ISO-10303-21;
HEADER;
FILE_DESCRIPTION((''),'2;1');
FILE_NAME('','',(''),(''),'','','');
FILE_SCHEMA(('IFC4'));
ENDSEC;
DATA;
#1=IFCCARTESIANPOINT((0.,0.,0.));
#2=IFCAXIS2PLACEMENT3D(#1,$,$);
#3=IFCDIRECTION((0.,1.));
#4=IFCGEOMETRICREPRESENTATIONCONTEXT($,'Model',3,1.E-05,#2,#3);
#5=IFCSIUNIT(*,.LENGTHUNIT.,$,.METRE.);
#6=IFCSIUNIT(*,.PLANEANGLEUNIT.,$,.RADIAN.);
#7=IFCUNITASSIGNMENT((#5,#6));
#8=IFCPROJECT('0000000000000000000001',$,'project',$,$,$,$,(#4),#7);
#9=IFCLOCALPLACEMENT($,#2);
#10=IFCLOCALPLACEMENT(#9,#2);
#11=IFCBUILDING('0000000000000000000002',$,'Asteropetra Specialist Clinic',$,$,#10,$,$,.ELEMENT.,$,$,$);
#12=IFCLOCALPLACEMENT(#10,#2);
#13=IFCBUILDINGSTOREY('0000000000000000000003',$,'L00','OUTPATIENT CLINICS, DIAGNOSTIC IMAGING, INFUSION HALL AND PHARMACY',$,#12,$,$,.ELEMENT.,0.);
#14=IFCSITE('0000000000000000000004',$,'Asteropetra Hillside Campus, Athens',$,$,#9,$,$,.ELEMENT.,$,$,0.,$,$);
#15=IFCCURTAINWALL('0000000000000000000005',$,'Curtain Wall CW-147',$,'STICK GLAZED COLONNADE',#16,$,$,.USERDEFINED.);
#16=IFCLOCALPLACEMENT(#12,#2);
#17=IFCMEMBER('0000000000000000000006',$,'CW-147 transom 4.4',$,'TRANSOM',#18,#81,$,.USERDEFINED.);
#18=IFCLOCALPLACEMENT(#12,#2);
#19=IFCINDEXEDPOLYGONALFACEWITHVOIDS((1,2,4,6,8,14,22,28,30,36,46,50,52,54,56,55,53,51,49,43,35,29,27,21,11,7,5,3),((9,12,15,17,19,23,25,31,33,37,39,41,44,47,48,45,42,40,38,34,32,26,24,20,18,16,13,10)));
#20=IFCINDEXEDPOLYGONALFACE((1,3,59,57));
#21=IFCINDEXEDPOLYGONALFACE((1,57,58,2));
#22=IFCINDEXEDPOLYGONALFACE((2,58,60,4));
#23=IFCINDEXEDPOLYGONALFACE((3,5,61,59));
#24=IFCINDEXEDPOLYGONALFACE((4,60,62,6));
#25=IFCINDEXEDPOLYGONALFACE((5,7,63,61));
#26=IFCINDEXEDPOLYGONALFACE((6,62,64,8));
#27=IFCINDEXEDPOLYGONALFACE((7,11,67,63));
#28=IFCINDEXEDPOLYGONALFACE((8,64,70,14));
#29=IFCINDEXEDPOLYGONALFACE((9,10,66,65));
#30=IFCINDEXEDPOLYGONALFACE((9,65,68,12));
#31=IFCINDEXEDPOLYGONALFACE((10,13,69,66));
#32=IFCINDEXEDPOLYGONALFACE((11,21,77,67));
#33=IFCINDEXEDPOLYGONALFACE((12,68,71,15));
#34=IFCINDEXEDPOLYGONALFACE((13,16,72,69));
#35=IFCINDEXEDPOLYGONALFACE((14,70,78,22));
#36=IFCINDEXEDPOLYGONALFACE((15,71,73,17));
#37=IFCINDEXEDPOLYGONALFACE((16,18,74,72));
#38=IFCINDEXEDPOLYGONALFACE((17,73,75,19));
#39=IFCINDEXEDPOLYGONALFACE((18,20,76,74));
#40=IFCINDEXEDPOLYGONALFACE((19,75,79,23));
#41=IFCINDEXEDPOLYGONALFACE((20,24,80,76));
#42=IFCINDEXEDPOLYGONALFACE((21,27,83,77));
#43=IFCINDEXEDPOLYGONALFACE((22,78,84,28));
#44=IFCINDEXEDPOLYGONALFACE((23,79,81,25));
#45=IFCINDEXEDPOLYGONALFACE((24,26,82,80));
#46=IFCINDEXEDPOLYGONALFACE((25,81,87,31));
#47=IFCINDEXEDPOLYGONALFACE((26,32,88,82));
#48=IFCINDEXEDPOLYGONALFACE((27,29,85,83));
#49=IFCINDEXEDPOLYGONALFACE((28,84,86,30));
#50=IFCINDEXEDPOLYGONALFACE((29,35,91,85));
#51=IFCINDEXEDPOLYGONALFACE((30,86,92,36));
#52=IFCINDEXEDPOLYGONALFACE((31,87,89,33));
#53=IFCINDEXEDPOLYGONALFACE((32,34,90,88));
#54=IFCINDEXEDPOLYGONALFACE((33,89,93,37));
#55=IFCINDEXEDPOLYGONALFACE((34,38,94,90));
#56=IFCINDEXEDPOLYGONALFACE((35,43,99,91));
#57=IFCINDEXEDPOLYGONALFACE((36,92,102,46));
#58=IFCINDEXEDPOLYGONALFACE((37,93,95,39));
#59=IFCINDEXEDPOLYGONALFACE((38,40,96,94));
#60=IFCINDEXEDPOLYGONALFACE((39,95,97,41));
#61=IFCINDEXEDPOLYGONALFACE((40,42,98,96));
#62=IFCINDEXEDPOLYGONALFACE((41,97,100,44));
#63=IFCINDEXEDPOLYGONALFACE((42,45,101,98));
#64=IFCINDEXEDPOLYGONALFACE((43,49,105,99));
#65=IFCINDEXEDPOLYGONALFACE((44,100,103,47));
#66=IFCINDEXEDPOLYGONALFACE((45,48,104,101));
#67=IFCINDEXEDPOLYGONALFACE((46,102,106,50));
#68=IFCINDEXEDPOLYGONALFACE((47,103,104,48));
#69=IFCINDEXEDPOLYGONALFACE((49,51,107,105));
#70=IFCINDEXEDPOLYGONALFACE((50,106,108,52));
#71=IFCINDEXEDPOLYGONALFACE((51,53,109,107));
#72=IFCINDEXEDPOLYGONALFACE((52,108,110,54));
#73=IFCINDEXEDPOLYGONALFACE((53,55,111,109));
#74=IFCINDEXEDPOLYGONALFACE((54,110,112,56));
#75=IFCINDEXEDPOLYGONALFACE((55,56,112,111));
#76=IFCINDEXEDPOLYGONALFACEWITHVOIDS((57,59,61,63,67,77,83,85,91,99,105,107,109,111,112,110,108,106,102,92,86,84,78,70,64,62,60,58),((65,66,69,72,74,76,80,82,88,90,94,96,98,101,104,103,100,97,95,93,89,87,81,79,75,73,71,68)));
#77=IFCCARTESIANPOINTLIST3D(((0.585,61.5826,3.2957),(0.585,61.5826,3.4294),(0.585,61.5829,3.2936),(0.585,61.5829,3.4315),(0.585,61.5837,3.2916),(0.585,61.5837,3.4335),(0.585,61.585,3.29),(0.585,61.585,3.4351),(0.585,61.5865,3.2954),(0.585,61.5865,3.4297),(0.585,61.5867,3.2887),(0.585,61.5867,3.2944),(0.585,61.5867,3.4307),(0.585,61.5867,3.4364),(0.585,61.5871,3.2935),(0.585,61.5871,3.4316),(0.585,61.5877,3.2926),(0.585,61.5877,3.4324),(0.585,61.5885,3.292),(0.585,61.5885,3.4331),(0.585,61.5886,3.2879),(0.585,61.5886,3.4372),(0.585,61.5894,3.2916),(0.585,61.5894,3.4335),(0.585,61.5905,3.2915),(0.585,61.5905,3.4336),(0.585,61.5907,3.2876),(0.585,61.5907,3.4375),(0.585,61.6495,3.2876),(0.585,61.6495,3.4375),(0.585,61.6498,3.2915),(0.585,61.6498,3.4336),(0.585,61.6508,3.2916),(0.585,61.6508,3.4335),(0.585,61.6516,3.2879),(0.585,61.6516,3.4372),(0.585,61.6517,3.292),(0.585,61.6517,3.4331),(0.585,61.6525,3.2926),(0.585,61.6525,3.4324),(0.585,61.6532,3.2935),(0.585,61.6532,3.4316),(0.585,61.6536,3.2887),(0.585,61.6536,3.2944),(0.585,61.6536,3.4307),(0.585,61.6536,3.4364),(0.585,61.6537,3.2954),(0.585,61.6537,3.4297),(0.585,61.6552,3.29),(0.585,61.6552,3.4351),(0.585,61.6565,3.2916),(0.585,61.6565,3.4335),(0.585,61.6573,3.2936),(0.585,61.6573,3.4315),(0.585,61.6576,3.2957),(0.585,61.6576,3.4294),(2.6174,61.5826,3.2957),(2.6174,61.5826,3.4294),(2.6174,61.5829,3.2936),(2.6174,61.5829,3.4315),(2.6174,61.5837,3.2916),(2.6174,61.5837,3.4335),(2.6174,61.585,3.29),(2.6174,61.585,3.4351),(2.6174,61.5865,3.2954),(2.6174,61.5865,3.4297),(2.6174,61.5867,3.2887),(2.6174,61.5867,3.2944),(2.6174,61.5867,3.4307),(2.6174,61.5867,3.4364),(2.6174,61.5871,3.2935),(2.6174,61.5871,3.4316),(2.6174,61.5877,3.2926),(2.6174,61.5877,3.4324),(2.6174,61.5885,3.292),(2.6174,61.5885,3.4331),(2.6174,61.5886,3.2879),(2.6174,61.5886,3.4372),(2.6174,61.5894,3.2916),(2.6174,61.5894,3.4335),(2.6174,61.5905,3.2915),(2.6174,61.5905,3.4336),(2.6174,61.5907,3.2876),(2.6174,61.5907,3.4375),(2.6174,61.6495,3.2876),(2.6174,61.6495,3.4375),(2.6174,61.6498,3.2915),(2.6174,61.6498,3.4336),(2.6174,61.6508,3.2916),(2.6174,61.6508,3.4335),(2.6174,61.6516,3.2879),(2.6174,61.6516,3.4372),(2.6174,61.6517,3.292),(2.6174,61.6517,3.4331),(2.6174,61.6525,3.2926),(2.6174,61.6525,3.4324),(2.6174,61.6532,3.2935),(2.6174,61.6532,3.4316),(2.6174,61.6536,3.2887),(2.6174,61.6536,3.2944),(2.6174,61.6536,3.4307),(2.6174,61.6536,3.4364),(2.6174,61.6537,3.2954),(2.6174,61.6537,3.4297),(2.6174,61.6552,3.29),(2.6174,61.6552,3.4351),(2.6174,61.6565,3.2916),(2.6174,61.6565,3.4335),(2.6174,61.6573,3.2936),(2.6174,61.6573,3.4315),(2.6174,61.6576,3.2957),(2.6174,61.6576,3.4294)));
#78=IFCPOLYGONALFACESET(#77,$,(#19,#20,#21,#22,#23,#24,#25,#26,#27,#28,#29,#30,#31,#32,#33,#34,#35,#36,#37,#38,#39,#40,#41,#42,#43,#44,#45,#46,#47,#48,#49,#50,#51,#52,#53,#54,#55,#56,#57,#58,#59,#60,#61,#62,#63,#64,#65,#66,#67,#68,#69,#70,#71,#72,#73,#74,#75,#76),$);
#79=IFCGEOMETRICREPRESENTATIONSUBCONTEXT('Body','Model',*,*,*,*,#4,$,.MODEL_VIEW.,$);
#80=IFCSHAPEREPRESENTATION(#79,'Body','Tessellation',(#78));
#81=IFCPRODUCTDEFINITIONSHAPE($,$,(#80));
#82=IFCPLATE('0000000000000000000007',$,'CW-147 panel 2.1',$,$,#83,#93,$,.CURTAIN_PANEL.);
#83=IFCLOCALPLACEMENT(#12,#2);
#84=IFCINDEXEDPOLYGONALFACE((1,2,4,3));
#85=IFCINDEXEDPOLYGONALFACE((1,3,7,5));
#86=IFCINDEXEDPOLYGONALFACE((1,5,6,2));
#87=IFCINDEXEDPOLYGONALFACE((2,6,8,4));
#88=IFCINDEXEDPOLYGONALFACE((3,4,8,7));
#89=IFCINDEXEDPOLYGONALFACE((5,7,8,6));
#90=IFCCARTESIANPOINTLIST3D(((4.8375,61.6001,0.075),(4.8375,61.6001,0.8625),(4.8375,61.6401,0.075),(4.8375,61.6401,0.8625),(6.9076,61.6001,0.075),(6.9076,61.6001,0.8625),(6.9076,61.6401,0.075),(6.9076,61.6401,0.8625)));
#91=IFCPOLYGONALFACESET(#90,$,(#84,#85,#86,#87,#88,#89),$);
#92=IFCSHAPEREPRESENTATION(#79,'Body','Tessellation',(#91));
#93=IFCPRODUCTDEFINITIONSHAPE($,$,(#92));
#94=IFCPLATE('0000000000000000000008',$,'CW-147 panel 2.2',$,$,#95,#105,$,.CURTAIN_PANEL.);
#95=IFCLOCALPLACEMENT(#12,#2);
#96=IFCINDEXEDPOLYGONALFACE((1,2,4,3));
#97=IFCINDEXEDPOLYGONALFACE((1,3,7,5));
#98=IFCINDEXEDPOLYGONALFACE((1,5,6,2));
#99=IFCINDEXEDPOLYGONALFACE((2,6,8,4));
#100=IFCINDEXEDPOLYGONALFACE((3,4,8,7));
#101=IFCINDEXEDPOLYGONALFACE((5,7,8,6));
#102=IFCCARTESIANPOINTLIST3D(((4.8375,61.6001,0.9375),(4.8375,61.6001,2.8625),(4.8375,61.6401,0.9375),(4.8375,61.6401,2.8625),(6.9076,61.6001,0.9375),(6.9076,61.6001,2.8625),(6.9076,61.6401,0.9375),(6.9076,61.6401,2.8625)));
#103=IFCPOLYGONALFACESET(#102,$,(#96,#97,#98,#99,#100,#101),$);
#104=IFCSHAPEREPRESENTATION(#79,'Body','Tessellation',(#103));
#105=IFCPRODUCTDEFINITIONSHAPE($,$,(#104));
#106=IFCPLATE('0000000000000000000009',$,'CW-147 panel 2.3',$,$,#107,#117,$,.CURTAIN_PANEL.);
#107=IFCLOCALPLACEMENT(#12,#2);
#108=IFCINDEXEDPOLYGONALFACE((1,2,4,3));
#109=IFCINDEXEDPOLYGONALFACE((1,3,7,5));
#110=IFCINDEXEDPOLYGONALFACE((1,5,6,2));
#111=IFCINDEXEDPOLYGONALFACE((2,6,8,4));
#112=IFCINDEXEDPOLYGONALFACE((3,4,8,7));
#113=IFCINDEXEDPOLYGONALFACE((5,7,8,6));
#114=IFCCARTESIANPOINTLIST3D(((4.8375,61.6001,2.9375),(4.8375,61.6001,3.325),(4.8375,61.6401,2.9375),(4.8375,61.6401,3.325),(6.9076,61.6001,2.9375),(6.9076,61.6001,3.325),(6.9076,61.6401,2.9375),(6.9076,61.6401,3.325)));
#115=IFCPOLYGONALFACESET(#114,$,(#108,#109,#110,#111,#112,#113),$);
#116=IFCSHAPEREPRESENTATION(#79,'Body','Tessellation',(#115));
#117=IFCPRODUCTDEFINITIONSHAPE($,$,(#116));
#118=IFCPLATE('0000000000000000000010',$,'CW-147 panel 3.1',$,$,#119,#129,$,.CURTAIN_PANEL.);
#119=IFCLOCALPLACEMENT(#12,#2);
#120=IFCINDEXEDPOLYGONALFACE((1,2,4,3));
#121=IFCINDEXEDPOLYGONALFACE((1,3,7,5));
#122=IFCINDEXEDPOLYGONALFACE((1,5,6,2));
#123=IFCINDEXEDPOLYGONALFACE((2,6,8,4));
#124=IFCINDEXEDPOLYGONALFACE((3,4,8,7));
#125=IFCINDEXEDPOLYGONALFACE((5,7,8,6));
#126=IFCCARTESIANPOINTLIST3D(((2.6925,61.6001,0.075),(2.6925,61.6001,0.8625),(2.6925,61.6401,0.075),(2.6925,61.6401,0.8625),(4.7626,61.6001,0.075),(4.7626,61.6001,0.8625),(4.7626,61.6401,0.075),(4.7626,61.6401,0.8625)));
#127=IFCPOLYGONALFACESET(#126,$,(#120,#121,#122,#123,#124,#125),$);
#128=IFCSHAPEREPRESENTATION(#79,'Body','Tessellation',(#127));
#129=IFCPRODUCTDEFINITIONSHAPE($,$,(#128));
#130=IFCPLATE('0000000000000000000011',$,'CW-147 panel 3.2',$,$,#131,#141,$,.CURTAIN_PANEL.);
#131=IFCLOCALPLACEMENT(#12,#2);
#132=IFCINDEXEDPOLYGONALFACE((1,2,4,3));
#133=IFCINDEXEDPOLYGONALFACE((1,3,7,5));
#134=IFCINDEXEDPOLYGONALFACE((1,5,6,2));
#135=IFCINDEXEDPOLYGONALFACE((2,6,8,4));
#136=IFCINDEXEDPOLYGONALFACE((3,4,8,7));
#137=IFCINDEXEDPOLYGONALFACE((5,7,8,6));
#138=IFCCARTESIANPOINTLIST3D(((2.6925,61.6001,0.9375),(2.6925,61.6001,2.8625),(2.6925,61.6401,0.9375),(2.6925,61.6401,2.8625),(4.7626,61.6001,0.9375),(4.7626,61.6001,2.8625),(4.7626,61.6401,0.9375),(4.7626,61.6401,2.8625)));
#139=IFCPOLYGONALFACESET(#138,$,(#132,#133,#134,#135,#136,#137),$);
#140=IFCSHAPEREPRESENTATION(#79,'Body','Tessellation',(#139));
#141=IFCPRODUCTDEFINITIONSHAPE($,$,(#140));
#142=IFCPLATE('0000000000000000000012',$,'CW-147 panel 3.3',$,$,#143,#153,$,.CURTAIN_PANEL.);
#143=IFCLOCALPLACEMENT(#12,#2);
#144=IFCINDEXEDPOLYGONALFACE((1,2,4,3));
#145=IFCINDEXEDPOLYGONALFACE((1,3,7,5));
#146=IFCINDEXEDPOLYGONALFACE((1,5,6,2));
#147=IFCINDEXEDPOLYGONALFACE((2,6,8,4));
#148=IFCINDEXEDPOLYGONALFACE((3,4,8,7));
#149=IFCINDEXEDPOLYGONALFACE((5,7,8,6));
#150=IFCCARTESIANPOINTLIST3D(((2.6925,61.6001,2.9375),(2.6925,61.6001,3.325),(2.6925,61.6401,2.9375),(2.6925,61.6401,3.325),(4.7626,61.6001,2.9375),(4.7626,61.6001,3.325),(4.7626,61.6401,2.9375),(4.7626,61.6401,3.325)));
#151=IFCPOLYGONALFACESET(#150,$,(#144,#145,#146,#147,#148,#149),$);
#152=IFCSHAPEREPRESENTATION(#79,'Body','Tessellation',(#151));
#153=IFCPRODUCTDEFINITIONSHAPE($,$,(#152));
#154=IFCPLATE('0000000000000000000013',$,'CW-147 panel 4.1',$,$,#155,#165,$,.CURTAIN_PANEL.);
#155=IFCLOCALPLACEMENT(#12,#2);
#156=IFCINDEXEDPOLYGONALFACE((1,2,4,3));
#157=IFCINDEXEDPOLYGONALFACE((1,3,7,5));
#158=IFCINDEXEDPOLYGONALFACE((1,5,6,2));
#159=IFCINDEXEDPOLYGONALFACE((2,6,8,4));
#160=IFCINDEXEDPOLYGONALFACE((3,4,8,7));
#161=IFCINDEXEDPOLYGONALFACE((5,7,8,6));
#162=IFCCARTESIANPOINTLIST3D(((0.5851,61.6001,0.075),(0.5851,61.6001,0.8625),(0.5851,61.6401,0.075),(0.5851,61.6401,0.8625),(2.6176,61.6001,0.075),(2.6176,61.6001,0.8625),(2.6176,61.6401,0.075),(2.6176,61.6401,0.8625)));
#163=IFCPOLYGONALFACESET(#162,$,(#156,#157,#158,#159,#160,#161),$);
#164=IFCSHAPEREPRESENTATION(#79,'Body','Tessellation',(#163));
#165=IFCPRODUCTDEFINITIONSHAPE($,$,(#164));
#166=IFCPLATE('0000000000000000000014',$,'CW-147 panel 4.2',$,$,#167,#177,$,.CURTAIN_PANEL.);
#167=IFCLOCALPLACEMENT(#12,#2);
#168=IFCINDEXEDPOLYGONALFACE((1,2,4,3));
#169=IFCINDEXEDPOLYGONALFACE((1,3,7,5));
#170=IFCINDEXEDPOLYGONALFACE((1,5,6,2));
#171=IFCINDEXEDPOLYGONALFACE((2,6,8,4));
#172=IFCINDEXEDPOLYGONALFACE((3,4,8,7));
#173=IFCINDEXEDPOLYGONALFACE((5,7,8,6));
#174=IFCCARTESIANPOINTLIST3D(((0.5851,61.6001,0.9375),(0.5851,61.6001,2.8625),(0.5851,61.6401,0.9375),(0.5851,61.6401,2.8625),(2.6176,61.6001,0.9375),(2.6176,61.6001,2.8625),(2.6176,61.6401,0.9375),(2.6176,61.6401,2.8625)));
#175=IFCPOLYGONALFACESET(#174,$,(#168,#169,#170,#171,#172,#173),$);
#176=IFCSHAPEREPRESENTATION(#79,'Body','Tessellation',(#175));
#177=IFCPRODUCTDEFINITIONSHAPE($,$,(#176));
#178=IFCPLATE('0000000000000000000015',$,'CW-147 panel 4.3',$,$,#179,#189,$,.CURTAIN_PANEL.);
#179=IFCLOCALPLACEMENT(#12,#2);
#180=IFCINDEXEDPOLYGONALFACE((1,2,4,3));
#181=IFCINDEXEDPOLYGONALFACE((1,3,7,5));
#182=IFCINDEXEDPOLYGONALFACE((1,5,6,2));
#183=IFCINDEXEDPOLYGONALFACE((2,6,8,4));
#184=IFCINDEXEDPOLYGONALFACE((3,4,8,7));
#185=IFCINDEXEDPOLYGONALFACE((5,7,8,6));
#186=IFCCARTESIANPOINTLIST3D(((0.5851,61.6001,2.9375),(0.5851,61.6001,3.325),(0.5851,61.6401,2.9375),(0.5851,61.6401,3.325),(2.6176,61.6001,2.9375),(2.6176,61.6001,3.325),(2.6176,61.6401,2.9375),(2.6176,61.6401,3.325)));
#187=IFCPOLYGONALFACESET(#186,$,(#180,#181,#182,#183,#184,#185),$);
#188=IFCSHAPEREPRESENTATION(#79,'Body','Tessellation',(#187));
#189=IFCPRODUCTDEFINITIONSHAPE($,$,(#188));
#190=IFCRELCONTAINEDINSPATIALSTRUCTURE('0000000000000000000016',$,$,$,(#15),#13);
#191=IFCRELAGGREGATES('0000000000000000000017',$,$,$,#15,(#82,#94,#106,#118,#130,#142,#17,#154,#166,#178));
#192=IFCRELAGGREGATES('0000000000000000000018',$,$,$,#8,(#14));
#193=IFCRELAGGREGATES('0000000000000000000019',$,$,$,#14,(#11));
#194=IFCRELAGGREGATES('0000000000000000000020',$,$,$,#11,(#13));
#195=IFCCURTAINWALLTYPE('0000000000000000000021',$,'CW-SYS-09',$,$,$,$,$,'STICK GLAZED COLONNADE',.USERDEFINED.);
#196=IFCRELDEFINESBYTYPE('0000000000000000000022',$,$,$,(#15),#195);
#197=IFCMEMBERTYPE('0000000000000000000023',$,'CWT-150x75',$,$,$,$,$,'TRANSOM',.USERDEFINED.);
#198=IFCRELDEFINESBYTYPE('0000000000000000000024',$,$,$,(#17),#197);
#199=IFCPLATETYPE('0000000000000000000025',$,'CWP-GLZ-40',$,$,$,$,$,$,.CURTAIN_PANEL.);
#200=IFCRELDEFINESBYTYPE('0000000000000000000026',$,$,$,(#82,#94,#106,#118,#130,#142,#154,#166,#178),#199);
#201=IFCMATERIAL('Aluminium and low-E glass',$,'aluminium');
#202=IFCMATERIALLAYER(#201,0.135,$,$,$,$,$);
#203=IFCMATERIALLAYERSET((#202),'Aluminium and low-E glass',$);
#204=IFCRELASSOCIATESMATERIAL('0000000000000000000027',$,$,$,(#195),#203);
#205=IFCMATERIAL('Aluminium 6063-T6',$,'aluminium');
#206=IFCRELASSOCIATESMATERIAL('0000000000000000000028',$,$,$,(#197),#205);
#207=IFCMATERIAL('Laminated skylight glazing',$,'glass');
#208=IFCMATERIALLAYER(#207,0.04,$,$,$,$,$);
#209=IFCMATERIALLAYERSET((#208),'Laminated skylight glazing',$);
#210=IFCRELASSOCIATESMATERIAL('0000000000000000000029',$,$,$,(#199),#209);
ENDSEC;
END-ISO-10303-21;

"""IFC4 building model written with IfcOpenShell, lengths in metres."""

from ifc_helpers import new_model, si_unit, direction, frame, origin, origin_2d, place, context, subcontext, project, spatial, rectangle, hollow_rectangle, extrude, material, layer, layer_set, material_profile, profile_set, type_object, element, aggregate, save


model = new_model("IFC4")

# Units and contexts
model_context = context("Model", 3, precision=1e-05, world=origin(), true_north=direction((0.0, 1.0)))
body_context = subcontext(model_context, "Body", "Model", "MODEL_VIEW")
ifc_project = project(units=[si_unit("LENGTHUNIT", "METRE"), si_unit("PLANEANGLEUNIT", "RADIAN")], contexts=[model_context])

# Site, building, storey
site_placement = place(None, origin())
site = spatial("IfcSite", under=ifc_project, at=site_placement, Name="Asteropetra Hillside Campus, Athens", CompositionType="ELEMENT", RefElevation=0.0)
building_placement = place(site_placement, origin())
building = spatial("IfcBuilding", under=site, at=building_placement, Name="Asteropetra Specialist Clinic", CompositionType="ELEMENT")
storey_placement = place(building_placement, origin())
storey = spatial("IfcBuildingStorey", under=building, at=storey_placement, Name="L00", Description="OUTPATIENT CLINICS, DIAGNOSTIC IMAGING, INFUSION HALL AND PHARMACY", CompositionType="ELEMENT", Elevation=0.0)

# Curtain wall
ifc_material_1 = material(Name="Aluminium and low-E glass", Category="aluminium")
ifc_layer_1 = layer(ifc_material_1, 0.135)
ifc_layer_set_1 = layer_set([ifc_layer_1], Name="Aluminium and low-E glass")
curtain_wall_type_1 = type_object("IfcCurtainWallType", Name="CW-SYS-09", ElementType="STICK GLAZED COLONNADE", PredefinedType="USERDEFINED", material=ifc_layer_set_1)
curtain_wall_1_placement = place(storey_placement, origin())
curtain_wall_1 = element("IfcCurtainWall", 1, at=curtain_wall_1_placement, inside=storey, type_object=curtain_wall_type_1, Name="Curtain Wall CW-147", ObjectType="STICK GLAZED COLONNADE", PredefinedType="USERDEFINED")

# Member
ifc_material_2 = material(Name="Aluminium 6063-T6", Category="aluminium")
ifc_material_profile_1 = material_profile(ifc_material_2, hollow_rectangle(XDim=0.075, YDim=0.1499, WallThickness=0.0039, InnerFilletRadius=0.0039, OuterFilletRadius=0.0081, at=origin_2d()), Name="TRN 150x75x4.0")
ifc_profile_set_1 = profile_set([ifc_material_profile_1], Name="Aluminium 6063-T6")
member_type_1 = type_object("IfcMemberType", Name="CWT-150x75", ElementType="TRANSOM", PredefinedType="USERDEFINED", material=ifc_profile_set_1)
member_1_placement = place(storey_placement, frame((2.6174, 61.6201, 3.3625), z_axis=(-1.0, 0.0, 0.0), x_axis=(0.0, -1.0, 0.0)))
member_1 = element("IfcMember", 2, at=member_1_placement, type_object=member_type_1, Name="CW-147 transom 4.4", ObjectType="TRANSOM", PredefinedType="USERDEFINED", context=body_context, shape_type="SweptSolid", body=[
    extrude(hollow_rectangle(XDim=0.075, YDim=0.1499, WallThickness=0.0039, InnerFilletRadius=0.0039, OuterFilletRadius=0.0081, at=origin_2d()), origin(), (0.0, 0.0, 1.0), 2.0325),
])

# Plates
ifc_material_3 = material(Name="Laminated skylight glazing", Category="glass")
ifc_layer_2 = layer(ifc_material_3, 0.04)
ifc_layer_set_2 = layer_set([ifc_layer_2], Name="Laminated skylight glazing")
plate_type = type_object("IfcPlateType", Name="CWP-GLZ-40", PredefinedType="CURTAIN_PANEL", material=ifc_layer_set_2)
plate_1_placement = place(storey_placement, frame((5.8726, 61.6201, 0.075), z_axis=(0.0, 0.0, 1.0), x_axis=(-1.0, 0.0, 0.0)))
plate_1 = element("IfcPlate", 3, at=plate_1_placement, type_object=plate_type, Name="CW-147 panel 2.1", PredefinedType="CURTAIN_PANEL", context=body_context, shape_type="SweptSolid", body=[
    extrude(rectangle(XDim=2.0701, YDim=0.04, at=origin_2d()), origin(), (0.0, 0.0, 1.0), 0.7876),
])
plate_2_placement = place(storey_placement, frame((5.8726, 61.6201, 0.9375), z_axis=(0.0, 0.0, 1.0), x_axis=(-1.0, 0.0, 0.0)))
plate_2 = element("IfcPlate", 4, at=plate_2_placement, type_object=plate_type, Name="CW-147 panel 2.2", PredefinedType="CURTAIN_PANEL", context=body_context, shape_type="SweptSolid", body=[
    extrude(rectangle(XDim=2.0701, YDim=0.04, at=origin_2d()), origin(), (0.0, 0.0, 1.0), 1.925),
])
plate_3_placement = place(storey_placement, frame((5.8726, 61.6201, 2.9375), z_axis=(0.0, 0.0, 1.0), x_axis=(-1.0, 0.0, 0.0)))
plate_3 = element("IfcPlate", 5, at=plate_3_placement, type_object=plate_type, Name="CW-147 panel 2.3", PredefinedType="CURTAIN_PANEL", context=body_context, shape_type="SweptSolid", body=[
    extrude(rectangle(XDim=2.0701, YDim=0.04, at=origin_2d()), origin(), (0.0, 0.0, 1.0), 0.3875),
])
plate_4_placement = place(storey_placement, frame((3.7275, 61.6201, 0.075), z_axis=(0.0, 0.0, 1.0), x_axis=(-1.0, 0.0, 0.0)))
plate_4 = element("IfcPlate", 6, at=plate_4_placement, type_object=plate_type, Name="CW-147 panel 3.1", PredefinedType="CURTAIN_PANEL", context=body_context, shape_type="SweptSolid", body=[
    extrude(rectangle(XDim=2.0701, YDim=0.04, at=origin_2d()), origin(), (0.0, 0.0, 1.0), 0.7876),
])
plate_5_placement = place(storey_placement, frame((3.7275, 61.6201, 0.9375), z_axis=(0.0, 0.0, 1.0), x_axis=(-1.0, 0.0, 0.0)))
plate_5 = element("IfcPlate", 7, at=plate_5_placement, type_object=plate_type, Name="CW-147 panel 3.2", PredefinedType="CURTAIN_PANEL", context=body_context, shape_type="SweptSolid", body=[
    extrude(rectangle(XDim=2.0701, YDim=0.04, at=origin_2d()), origin(), (0.0, 0.0, 1.0), 1.925),
])
plate_6_placement = place(storey_placement, frame((3.7275, 61.6201, 2.9375), z_axis=(0.0, 0.0, 1.0), x_axis=(-1.0, 0.0, 0.0)))
plate_6 = element("IfcPlate", 8, at=plate_6_placement, type_object=plate_type, Name="CW-147 panel 3.3", PredefinedType="CURTAIN_PANEL", context=body_context, shape_type="SweptSolid", body=[
    extrude(rectangle(XDim=2.0701, YDim=0.04, at=origin_2d()), origin(), (0.0, 0.0, 1.0), 0.3875),
])
plate_7_placement = place(storey_placement, frame((1.6013, 61.6201, 0.075), z_axis=(0.0, 0.0, 1.0), x_axis=(-1.0, 0.0, 0.0)))
plate_7 = element("IfcPlate", 9, at=plate_7_placement, type_object=plate_type, Name="CW-147 panel 4.1", PredefinedType="CURTAIN_PANEL", context=body_context, shape_type="SweptSolid", body=[
    extrude(rectangle(XDim=2.0325, YDim=0.04, at=origin_2d()), origin(), (0.0, 0.0, 1.0), 0.7876),
])
plate_8_placement = place(storey_placement, frame((1.6013, 61.6201, 0.9375), z_axis=(0.0, 0.0, 1.0), x_axis=(-1.0, 0.0, 0.0)))
plate_8 = element("IfcPlate", 10, at=plate_8_placement, type_object=plate_type, Name="CW-147 panel 4.2", PredefinedType="CURTAIN_PANEL", context=body_context, shape_type="SweptSolid", body=[
    extrude(rectangle(XDim=2.0325, YDim=0.04, at=origin_2d()), origin(), (0.0, 0.0, 1.0), 1.925),
])
plate_9_placement = place(storey_placement, frame((1.6013, 61.6201, 2.9375), z_axis=(0.0, 0.0, 1.0), x_axis=(-1.0, 0.0, 0.0)))
plate_9 = element("IfcPlate", 11, at=plate_9_placement, type_object=plate_type, Name="CW-147 panel 4.3", PredefinedType="CURTAIN_PANEL", context=body_context, shape_type="SweptSolid", body=[
    extrude(rectangle(XDim=2.0325, YDim=0.04, at=origin_2d()), origin(), (0.0, 0.0, 1.0), 0.3875),
])
aggregate(curtain_wall_1, [plate_1, plate_2, plate_3, plate_4, plate_5, plate_6, member_1, plate_7, plate_8, plate_9])

save(model, "model.ifc")
